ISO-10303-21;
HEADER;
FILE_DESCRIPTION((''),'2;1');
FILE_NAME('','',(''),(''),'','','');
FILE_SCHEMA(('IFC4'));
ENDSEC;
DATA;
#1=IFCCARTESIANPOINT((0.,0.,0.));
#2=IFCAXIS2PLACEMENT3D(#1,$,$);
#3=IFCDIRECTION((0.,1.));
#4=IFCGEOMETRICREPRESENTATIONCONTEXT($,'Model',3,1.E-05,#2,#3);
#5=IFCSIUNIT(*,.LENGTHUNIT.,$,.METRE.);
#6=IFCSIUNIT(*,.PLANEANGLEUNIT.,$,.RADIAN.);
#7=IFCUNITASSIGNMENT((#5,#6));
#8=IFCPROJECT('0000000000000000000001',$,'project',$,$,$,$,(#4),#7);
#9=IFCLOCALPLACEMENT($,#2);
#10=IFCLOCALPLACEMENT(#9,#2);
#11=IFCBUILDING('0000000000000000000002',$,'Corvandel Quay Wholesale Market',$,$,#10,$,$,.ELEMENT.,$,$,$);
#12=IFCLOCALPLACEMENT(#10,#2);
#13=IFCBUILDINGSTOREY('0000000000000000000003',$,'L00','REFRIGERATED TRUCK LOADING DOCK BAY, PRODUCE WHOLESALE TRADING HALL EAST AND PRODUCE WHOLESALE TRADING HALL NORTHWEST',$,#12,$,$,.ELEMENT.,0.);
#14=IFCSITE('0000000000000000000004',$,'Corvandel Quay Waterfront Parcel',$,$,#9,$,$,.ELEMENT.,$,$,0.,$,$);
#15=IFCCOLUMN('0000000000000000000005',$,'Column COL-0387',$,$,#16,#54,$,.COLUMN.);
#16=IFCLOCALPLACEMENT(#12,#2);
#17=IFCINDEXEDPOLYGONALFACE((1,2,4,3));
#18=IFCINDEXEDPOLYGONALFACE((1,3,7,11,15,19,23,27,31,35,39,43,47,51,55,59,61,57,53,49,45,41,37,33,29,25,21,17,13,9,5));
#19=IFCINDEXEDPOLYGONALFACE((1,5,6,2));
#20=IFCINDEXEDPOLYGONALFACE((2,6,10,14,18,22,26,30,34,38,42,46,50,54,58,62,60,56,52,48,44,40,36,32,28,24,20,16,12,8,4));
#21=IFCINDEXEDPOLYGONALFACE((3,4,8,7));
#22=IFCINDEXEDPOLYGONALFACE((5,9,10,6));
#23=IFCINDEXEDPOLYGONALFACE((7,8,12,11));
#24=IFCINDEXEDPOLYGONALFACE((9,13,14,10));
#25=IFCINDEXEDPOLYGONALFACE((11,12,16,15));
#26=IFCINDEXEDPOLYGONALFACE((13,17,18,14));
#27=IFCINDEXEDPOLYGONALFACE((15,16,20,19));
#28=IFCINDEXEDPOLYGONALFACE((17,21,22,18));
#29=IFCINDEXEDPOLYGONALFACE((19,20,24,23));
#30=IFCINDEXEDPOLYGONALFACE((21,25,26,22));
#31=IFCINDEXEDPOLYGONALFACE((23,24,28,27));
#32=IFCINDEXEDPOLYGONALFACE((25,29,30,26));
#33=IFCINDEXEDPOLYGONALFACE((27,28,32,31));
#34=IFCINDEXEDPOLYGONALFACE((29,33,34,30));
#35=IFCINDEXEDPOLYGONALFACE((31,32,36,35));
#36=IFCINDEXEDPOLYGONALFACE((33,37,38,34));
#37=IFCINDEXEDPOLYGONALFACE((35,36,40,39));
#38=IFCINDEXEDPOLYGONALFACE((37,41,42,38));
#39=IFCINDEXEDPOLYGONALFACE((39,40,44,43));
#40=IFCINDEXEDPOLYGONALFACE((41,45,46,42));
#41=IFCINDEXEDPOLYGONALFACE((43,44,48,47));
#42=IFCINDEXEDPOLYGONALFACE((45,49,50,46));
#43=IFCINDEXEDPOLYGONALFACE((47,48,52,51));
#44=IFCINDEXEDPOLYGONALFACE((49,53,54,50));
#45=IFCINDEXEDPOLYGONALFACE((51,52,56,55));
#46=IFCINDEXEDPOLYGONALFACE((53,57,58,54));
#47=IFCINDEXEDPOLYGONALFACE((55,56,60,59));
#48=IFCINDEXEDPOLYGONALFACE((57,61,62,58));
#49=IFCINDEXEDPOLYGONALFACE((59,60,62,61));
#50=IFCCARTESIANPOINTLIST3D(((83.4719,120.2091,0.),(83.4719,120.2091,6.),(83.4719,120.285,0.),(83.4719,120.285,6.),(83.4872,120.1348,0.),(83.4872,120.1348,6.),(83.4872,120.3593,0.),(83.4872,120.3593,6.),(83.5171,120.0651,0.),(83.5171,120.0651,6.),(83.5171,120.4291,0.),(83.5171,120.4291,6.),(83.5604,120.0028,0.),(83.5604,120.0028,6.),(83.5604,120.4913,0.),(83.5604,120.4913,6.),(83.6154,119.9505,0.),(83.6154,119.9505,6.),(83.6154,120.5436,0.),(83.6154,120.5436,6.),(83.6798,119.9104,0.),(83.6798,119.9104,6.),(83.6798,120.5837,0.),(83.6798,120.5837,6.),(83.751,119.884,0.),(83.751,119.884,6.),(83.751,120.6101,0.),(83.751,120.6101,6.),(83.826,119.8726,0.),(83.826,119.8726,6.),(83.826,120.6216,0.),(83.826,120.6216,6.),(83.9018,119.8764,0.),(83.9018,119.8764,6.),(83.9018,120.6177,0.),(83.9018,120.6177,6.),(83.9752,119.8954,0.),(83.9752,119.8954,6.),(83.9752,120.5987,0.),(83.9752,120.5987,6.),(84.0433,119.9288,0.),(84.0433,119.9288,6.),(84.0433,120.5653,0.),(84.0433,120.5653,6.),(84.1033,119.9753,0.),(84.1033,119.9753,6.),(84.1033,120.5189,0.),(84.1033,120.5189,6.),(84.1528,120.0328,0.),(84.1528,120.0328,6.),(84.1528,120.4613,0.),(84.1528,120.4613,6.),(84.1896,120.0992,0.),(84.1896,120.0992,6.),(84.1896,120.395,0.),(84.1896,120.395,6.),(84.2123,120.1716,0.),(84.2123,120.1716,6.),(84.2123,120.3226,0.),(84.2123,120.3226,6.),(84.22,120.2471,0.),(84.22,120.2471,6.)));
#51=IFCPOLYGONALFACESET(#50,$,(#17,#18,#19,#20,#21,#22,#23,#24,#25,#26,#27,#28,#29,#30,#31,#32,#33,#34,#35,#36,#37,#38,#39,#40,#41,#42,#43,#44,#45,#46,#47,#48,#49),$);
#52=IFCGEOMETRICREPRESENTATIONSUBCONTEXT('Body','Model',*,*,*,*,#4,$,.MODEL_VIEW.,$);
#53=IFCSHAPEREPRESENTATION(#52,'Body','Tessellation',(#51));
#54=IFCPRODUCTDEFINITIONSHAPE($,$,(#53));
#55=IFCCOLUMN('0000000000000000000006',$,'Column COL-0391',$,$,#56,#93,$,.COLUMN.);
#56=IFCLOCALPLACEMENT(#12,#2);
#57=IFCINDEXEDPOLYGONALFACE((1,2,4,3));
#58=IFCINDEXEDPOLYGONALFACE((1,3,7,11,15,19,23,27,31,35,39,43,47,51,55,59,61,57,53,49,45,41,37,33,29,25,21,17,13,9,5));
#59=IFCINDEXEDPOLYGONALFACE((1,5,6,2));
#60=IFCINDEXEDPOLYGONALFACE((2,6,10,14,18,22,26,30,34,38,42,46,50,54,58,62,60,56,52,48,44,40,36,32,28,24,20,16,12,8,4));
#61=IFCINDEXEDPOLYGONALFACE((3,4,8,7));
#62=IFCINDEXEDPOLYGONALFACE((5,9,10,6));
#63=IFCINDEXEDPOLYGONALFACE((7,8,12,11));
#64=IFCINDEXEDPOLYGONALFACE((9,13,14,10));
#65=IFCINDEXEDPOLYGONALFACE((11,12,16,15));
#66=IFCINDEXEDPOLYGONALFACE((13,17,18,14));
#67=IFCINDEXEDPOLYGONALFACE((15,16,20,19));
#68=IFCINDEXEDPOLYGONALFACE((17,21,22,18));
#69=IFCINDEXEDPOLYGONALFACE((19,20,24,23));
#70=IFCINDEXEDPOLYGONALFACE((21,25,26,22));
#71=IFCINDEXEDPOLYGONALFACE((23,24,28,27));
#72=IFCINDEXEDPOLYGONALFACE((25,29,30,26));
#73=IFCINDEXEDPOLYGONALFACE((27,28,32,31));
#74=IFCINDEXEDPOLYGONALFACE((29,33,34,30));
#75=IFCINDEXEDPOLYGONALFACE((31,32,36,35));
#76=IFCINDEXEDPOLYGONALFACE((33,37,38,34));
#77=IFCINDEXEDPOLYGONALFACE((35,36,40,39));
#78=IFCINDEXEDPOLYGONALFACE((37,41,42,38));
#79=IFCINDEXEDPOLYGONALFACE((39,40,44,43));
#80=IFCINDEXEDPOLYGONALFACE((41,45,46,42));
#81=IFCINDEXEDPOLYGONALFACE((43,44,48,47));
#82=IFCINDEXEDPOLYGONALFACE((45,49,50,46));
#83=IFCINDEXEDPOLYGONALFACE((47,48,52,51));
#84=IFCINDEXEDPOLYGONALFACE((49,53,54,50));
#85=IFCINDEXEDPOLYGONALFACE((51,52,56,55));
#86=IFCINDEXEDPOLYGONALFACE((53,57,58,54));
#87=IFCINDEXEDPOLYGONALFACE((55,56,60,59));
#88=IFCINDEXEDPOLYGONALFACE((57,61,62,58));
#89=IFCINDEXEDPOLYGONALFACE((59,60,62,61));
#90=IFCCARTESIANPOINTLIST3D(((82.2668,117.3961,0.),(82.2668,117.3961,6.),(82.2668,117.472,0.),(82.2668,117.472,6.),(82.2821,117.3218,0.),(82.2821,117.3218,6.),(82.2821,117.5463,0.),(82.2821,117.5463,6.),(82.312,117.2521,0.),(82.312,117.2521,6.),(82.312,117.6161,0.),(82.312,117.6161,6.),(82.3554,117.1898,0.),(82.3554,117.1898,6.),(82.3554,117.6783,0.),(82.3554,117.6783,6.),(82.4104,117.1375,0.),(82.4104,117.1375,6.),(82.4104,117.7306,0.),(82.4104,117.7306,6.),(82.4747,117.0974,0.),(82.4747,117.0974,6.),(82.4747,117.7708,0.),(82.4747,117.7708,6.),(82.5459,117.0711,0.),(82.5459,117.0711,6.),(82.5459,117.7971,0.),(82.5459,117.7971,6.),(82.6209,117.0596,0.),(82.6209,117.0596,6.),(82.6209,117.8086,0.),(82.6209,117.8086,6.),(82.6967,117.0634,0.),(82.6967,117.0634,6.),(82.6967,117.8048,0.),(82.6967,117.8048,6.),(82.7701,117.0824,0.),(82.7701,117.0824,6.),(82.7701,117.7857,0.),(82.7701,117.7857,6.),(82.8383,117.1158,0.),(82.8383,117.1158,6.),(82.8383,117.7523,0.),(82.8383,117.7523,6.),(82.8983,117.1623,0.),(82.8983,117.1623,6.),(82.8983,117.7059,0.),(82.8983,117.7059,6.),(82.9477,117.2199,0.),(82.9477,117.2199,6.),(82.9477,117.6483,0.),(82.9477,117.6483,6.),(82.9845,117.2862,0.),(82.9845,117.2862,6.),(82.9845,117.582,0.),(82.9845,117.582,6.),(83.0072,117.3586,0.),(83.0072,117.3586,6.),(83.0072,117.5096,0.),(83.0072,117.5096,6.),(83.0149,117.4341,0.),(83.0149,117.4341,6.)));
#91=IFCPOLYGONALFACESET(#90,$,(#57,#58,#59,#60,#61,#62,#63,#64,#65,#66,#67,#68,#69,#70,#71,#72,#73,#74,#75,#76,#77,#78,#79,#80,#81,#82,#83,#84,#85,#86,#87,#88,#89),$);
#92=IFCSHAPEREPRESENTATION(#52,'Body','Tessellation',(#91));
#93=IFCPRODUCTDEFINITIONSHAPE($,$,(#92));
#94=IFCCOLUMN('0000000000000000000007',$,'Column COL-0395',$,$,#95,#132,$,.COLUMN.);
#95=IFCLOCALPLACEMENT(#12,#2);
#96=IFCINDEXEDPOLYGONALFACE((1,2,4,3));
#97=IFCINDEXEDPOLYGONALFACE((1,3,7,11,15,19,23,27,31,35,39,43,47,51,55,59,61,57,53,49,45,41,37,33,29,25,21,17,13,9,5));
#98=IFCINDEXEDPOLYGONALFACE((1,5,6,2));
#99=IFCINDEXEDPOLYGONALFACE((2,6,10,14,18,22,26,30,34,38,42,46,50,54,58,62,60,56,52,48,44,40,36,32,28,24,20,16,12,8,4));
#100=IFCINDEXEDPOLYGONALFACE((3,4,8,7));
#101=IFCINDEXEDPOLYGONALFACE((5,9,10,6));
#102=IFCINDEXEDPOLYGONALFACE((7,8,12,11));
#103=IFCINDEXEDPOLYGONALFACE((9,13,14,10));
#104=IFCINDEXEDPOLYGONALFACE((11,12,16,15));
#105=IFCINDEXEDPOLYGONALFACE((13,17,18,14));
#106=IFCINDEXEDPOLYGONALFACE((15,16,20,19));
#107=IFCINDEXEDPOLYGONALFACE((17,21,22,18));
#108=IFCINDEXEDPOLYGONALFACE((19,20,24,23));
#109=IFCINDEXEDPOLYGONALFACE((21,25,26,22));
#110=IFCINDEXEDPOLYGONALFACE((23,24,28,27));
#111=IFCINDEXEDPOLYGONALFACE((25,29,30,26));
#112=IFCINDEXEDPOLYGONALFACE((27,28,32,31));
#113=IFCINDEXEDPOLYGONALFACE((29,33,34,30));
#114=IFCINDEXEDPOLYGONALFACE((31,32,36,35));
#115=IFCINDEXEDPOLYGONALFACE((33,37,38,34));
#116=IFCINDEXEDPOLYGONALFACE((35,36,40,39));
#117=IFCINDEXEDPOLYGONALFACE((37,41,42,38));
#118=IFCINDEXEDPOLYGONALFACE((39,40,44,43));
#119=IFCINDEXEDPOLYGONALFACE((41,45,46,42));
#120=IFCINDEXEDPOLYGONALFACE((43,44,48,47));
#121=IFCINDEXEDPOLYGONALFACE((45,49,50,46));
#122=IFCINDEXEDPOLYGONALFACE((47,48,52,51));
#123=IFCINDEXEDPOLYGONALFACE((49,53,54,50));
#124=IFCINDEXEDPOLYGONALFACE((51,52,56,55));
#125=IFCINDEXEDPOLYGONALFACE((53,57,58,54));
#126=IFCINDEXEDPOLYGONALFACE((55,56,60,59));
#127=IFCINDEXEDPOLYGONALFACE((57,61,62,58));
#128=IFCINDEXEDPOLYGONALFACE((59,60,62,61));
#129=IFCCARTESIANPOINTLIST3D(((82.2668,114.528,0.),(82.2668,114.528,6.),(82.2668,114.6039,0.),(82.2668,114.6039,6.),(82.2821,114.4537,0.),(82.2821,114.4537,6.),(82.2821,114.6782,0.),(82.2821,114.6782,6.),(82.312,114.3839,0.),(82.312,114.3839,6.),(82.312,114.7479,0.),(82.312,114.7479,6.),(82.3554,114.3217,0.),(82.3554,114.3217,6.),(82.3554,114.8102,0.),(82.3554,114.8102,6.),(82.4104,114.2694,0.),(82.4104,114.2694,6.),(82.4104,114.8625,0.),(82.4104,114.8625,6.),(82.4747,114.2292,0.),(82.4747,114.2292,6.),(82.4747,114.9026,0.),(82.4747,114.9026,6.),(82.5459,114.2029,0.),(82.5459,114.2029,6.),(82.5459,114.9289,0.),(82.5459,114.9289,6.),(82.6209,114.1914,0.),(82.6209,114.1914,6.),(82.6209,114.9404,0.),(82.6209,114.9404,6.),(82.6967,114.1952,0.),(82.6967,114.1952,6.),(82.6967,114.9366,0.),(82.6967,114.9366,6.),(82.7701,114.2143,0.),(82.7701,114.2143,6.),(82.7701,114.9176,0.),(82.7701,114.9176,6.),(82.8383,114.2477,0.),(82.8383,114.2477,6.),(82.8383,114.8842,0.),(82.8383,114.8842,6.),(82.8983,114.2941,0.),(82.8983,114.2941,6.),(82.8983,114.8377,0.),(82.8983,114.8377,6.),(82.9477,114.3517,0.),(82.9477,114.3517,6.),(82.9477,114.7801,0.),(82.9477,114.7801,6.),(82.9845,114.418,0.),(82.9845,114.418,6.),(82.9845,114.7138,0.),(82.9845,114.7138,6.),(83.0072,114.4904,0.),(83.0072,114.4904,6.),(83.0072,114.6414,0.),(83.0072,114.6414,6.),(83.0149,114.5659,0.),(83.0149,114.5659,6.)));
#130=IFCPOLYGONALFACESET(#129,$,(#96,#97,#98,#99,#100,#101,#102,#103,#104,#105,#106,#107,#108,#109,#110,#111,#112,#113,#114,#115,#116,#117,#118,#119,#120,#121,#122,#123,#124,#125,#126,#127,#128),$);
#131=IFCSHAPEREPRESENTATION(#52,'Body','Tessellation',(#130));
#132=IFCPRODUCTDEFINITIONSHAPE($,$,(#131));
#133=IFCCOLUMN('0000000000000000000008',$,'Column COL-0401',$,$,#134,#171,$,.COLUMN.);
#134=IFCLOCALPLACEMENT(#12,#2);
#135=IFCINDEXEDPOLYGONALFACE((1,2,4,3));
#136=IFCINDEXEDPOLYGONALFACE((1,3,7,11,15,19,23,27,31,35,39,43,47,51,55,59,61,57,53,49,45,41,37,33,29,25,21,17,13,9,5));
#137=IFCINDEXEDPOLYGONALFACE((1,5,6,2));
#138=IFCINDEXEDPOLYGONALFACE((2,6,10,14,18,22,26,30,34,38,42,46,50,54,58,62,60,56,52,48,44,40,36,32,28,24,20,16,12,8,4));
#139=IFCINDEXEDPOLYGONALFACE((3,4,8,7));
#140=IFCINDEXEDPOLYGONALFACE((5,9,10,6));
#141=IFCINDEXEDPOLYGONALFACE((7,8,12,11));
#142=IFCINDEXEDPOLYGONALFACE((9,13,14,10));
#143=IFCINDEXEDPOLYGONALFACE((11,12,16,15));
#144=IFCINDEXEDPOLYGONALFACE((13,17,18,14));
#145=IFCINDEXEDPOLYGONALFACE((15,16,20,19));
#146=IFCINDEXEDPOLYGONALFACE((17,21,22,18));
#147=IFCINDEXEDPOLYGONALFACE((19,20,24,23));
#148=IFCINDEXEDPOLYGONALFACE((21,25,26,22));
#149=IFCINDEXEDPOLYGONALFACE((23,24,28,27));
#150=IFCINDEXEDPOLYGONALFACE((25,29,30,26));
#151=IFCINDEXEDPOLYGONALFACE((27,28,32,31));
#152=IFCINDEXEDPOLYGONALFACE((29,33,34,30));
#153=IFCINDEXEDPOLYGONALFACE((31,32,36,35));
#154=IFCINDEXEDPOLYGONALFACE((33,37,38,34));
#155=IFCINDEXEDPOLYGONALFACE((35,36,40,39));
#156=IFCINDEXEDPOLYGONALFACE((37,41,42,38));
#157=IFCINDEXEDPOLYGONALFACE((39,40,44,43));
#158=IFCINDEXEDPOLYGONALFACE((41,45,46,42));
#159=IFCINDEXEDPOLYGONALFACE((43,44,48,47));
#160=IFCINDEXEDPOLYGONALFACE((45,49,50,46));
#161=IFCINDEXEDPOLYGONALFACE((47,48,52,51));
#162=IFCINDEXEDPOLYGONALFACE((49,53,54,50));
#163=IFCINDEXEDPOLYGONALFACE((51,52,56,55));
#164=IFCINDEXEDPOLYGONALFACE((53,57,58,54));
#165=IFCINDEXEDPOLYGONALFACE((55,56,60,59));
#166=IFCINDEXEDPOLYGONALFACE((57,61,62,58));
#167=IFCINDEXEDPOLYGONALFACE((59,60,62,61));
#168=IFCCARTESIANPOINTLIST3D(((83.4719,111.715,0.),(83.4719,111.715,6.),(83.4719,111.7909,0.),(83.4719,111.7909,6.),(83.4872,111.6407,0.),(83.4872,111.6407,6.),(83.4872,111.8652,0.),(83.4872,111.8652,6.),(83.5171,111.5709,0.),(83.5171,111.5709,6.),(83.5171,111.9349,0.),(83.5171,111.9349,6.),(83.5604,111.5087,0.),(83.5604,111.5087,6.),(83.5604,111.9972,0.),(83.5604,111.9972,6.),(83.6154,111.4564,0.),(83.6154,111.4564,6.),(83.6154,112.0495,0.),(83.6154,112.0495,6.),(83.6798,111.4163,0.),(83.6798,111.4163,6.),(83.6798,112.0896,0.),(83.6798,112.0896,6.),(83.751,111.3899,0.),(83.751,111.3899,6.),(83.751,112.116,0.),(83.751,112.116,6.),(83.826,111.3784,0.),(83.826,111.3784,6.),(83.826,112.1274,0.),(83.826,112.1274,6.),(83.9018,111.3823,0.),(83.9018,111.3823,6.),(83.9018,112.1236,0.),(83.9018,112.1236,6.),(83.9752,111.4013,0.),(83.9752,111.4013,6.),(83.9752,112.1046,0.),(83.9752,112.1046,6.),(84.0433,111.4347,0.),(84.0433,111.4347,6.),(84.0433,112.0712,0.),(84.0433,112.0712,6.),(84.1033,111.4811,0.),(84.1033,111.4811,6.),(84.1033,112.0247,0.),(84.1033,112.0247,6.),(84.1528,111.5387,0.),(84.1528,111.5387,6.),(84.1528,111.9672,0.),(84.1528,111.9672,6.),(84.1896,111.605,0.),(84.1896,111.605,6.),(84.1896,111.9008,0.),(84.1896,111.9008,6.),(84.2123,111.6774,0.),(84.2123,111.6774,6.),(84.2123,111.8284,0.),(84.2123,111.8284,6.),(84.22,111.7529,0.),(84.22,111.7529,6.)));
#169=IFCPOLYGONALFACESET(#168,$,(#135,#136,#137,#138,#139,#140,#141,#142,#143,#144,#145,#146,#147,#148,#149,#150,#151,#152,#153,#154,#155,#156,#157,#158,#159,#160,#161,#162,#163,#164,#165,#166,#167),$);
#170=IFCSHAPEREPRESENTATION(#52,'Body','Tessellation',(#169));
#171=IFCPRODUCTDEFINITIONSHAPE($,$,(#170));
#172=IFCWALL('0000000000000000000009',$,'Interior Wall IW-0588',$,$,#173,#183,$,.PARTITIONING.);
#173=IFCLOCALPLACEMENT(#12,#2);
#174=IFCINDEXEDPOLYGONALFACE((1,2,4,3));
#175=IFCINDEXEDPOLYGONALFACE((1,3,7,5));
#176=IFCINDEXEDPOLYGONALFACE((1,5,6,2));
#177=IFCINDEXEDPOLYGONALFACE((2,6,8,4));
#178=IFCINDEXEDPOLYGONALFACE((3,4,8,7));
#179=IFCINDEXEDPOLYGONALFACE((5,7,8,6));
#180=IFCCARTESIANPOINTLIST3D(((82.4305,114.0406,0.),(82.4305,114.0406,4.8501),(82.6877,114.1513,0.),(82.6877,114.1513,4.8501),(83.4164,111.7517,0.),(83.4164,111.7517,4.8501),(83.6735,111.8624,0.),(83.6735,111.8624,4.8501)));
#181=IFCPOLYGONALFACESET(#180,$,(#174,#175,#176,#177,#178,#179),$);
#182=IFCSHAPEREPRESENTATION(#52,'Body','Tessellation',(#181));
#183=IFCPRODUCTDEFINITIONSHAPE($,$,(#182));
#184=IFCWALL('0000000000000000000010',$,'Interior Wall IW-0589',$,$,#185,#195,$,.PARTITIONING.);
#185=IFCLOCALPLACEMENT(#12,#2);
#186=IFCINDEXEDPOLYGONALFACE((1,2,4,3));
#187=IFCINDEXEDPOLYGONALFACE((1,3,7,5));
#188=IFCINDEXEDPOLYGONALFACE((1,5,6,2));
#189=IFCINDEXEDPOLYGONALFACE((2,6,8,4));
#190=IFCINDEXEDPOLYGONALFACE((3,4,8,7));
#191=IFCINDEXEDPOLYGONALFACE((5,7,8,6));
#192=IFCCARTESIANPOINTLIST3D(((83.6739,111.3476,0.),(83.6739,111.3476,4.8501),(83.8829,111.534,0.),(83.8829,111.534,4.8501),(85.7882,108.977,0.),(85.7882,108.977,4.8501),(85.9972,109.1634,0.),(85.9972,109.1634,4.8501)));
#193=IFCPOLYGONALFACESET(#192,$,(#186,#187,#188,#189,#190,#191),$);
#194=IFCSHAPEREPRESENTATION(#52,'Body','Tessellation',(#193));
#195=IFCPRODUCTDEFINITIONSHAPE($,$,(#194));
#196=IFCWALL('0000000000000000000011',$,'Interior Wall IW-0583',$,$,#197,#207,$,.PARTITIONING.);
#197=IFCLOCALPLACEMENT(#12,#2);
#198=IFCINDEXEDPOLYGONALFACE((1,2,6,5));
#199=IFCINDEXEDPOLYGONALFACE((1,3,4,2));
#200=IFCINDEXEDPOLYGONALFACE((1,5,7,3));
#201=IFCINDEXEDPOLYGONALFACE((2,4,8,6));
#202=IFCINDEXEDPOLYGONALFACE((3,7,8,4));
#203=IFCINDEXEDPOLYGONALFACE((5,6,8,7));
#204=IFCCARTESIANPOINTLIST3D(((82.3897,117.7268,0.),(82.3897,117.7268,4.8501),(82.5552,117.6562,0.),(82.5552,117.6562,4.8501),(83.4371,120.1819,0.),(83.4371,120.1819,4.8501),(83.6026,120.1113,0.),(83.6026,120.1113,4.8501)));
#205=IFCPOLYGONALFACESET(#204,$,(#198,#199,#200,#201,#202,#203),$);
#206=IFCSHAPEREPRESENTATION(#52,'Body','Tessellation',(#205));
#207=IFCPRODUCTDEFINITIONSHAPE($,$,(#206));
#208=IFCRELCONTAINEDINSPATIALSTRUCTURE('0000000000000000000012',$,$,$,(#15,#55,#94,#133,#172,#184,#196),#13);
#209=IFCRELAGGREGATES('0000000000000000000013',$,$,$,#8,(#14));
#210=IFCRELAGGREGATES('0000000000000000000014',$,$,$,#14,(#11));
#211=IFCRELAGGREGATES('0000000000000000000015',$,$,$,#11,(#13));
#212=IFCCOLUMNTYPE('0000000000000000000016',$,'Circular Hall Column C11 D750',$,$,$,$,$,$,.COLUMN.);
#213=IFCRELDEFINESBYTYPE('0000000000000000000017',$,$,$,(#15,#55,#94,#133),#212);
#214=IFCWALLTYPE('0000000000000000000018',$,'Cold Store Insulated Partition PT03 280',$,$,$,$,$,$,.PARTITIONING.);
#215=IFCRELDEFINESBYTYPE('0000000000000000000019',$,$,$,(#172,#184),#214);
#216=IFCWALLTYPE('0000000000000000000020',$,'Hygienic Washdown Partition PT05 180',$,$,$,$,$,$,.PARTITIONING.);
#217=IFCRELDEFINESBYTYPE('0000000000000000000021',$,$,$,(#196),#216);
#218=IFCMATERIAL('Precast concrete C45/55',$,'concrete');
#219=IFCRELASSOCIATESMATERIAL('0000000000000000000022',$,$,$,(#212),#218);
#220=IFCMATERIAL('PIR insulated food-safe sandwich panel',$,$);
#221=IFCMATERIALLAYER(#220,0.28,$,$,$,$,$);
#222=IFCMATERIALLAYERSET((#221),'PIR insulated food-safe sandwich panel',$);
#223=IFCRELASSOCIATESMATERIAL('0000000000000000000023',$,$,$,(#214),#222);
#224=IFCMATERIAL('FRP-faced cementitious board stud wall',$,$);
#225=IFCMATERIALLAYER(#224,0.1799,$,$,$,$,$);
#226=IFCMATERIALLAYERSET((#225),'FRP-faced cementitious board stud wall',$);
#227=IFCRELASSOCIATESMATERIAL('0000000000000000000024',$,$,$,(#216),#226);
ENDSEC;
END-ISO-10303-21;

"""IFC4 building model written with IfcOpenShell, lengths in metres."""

from ifc_helpers import new_model, si_unit, direction, frame, frame_2d, origin, origin_2d, place, context, subcontext, project, spatial, rectangle, circle, extrude, material, layer, layer_set, material_profile, profile_set, type_object, element, save


model = new_model("IFC4")

# Units and contexts
model_context = context("Model", 3, precision=1e-05, world=origin(), true_north=direction((0.0, 1.0)))
body_context = subcontext(model_context, "Body", "Model", "MODEL_VIEW")
ifc_project = project(units=[si_unit("LENGTHUNIT", "METRE"), si_unit("PLANEANGLEUNIT", "RADIAN")], contexts=[model_context])

# Site, building, storey
site_placement = place(None, origin())
site = spatial("IfcSite", under=ifc_project, at=site_placement, Name="Corvandel Quay Waterfront Parcel", CompositionType="ELEMENT", RefElevation=0.0)
building_placement = place(site_placement, origin())
building = spatial("IfcBuilding", under=site, at=building_placement, Name="Corvandel Quay Wholesale Market", CompositionType="ELEMENT")
storey_placement = place(building_placement, origin())
storey = spatial("IfcBuildingStorey", under=building, at=storey_placement, Name="L00", Description="REFRIGERATED TRUCK LOADING DOCK BAY, PRODUCE WHOLESALE TRADING HALL EAST AND PRODUCE WHOLESALE TRADING HALL NORTHWEST", CompositionType="ELEMENT", Elevation=0.0)

# Columns
ifc_material_1 = material(Name="Precast concrete C45/55", Category="concrete")
ifc_material_profile_1 = material_profile(ifc_material_1, circle(Radius=0.375, at=origin_2d()), Name="PC-COL-D750")
ifc_profile_set_1 = profile_set([ifc_material_profile_1], Name="Precast concrete C45/55")
column_type = type_object("IfcColumnType", Name="Circular Hall Column C11 D750", PredefinedType="COLUMN", material=ifc_profile_set_1)
for number, where, z_axis, x_axis, name in (
    (1, (83.845, 120.2471, 0.0), (0.0, 0.0, 1.0), (1.0, 0.0, 0.0), "Column COL-0387"),
    (2, (82.6399, 117.4341, 0.0), (0.0, 0.0, 1.0), (1.0, 0.0, 0.0), "Column COL-0391"),
    (3, (82.6399, 114.5659, 0.0), (0.0, 0.0, 1.0), (1.0, 0.0, 0.0), "Column COL-0395"),
    (4, (83.845, 111.7529, 0.0), (0.0, 0.0, 1.0), (1.0, 0.0, 0.0), "Column COL-0401"),
):
    element("IfcColumn", number, at=place(storey_placement, frame(where, z_axis=z_axis, x_axis=x_axis)), inside=storey, type_object=column_type, Name=name, PredefinedType="COLUMN", context=body_context, shape_type="SweptSolid", body=[
        extrude(circle(Radius=0.375, at=origin_2d()), origin(), (0.0, 0.0, 1.0), 6.0),
    ])

# Walls
ifc_material_2 = material(Name="PIR insulated food-safe sandwich panel")
ifc_layer_1 = layer(ifc_material_2, 0.28)
ifc_layer_set_1 = layer_set([ifc_layer_1], Name="PIR insulated food-safe sandwich panel")
wall_type_1 = type_object("IfcWallType", Name="Cold Store Insulated Partition PT03 280", PredefinedType="PARTITIONING", material=ifc_layer_set_1)
wall_1_placement = place(storey_placement, frame((82.5591, 114.0959, 0.0), z_axis=(0.0, 0.0, 1.0), x_axis=(0.395586, -0.918429, 0.0)))
element("IfcWall", 5, at=wall_1_placement, inside=storey, type_object=wall_type_1, Name="Interior Wall IW-0588", PredefinedType="PARTITIONING", context=body_context, shape_type="SweptSolid", body=[
    extrude(rectangle(XDim=2.4922, YDim=0.28, at=frame_2d((1.2461, 0.0))), origin(), (0.0, 0.0, 1.0), 4.8501),
])
wall_2_placement = place(storey_placement, frame((83.7783, 111.4409, 0.0), z_axis=(0.0, 0.0, 1.0), x_axis=(0.665603, -0.746306, 0.0)))
element("IfcWall", 6, at=wall_2_placement, inside=storey, type_object=wall_type_1, Name="Interior Wall IW-0589", PredefinedType="PARTITIONING", context=body_context, shape_type="SweptSolid", body=[
    extrude(rectangle(XDim=3.1765, YDim=0.28, at=frame_2d((1.5884, 0.0))), origin(), (0.0, 0.0, 1.0), 4.8501),
])
ifc_material_3 = material(Name="FRP-faced cementitious board stud wall")
ifc_layer_2 = layer(ifc_material_3, 0.1799)
ifc_layer_set_2 = layer_set([ifc_layer_2], Name="FRP-faced cementitious board stud wall")
wall_type_2 = type_object("IfcWallType", Name="Hygienic Washdown Partition PT05 180", PredefinedType="PARTITIONING", material=ifc_layer_set_2)
wall_3_placement = place(storey_placement, frame((83.5198, 120.1465, 0.0), z_axis=(0.0, 0.0, 1.0), x_axis=(-0.392395, -0.919797, 0.0)))
element("IfcWall", 7, at=wall_3_placement, inside=storey, type_object=wall_type_2, Name="Interior Wall IW-0583", PredefinedType="PARTITIONING", context=body_context, shape_type="SweptSolid", body=[
    extrude(rectangle(XDim=2.6692, YDim=0.1799, at=frame_2d((1.3345, 0.0))), origin(), (0.0, 0.0, 1.0), 4.8501),
])

save(model, "model.ifc")
